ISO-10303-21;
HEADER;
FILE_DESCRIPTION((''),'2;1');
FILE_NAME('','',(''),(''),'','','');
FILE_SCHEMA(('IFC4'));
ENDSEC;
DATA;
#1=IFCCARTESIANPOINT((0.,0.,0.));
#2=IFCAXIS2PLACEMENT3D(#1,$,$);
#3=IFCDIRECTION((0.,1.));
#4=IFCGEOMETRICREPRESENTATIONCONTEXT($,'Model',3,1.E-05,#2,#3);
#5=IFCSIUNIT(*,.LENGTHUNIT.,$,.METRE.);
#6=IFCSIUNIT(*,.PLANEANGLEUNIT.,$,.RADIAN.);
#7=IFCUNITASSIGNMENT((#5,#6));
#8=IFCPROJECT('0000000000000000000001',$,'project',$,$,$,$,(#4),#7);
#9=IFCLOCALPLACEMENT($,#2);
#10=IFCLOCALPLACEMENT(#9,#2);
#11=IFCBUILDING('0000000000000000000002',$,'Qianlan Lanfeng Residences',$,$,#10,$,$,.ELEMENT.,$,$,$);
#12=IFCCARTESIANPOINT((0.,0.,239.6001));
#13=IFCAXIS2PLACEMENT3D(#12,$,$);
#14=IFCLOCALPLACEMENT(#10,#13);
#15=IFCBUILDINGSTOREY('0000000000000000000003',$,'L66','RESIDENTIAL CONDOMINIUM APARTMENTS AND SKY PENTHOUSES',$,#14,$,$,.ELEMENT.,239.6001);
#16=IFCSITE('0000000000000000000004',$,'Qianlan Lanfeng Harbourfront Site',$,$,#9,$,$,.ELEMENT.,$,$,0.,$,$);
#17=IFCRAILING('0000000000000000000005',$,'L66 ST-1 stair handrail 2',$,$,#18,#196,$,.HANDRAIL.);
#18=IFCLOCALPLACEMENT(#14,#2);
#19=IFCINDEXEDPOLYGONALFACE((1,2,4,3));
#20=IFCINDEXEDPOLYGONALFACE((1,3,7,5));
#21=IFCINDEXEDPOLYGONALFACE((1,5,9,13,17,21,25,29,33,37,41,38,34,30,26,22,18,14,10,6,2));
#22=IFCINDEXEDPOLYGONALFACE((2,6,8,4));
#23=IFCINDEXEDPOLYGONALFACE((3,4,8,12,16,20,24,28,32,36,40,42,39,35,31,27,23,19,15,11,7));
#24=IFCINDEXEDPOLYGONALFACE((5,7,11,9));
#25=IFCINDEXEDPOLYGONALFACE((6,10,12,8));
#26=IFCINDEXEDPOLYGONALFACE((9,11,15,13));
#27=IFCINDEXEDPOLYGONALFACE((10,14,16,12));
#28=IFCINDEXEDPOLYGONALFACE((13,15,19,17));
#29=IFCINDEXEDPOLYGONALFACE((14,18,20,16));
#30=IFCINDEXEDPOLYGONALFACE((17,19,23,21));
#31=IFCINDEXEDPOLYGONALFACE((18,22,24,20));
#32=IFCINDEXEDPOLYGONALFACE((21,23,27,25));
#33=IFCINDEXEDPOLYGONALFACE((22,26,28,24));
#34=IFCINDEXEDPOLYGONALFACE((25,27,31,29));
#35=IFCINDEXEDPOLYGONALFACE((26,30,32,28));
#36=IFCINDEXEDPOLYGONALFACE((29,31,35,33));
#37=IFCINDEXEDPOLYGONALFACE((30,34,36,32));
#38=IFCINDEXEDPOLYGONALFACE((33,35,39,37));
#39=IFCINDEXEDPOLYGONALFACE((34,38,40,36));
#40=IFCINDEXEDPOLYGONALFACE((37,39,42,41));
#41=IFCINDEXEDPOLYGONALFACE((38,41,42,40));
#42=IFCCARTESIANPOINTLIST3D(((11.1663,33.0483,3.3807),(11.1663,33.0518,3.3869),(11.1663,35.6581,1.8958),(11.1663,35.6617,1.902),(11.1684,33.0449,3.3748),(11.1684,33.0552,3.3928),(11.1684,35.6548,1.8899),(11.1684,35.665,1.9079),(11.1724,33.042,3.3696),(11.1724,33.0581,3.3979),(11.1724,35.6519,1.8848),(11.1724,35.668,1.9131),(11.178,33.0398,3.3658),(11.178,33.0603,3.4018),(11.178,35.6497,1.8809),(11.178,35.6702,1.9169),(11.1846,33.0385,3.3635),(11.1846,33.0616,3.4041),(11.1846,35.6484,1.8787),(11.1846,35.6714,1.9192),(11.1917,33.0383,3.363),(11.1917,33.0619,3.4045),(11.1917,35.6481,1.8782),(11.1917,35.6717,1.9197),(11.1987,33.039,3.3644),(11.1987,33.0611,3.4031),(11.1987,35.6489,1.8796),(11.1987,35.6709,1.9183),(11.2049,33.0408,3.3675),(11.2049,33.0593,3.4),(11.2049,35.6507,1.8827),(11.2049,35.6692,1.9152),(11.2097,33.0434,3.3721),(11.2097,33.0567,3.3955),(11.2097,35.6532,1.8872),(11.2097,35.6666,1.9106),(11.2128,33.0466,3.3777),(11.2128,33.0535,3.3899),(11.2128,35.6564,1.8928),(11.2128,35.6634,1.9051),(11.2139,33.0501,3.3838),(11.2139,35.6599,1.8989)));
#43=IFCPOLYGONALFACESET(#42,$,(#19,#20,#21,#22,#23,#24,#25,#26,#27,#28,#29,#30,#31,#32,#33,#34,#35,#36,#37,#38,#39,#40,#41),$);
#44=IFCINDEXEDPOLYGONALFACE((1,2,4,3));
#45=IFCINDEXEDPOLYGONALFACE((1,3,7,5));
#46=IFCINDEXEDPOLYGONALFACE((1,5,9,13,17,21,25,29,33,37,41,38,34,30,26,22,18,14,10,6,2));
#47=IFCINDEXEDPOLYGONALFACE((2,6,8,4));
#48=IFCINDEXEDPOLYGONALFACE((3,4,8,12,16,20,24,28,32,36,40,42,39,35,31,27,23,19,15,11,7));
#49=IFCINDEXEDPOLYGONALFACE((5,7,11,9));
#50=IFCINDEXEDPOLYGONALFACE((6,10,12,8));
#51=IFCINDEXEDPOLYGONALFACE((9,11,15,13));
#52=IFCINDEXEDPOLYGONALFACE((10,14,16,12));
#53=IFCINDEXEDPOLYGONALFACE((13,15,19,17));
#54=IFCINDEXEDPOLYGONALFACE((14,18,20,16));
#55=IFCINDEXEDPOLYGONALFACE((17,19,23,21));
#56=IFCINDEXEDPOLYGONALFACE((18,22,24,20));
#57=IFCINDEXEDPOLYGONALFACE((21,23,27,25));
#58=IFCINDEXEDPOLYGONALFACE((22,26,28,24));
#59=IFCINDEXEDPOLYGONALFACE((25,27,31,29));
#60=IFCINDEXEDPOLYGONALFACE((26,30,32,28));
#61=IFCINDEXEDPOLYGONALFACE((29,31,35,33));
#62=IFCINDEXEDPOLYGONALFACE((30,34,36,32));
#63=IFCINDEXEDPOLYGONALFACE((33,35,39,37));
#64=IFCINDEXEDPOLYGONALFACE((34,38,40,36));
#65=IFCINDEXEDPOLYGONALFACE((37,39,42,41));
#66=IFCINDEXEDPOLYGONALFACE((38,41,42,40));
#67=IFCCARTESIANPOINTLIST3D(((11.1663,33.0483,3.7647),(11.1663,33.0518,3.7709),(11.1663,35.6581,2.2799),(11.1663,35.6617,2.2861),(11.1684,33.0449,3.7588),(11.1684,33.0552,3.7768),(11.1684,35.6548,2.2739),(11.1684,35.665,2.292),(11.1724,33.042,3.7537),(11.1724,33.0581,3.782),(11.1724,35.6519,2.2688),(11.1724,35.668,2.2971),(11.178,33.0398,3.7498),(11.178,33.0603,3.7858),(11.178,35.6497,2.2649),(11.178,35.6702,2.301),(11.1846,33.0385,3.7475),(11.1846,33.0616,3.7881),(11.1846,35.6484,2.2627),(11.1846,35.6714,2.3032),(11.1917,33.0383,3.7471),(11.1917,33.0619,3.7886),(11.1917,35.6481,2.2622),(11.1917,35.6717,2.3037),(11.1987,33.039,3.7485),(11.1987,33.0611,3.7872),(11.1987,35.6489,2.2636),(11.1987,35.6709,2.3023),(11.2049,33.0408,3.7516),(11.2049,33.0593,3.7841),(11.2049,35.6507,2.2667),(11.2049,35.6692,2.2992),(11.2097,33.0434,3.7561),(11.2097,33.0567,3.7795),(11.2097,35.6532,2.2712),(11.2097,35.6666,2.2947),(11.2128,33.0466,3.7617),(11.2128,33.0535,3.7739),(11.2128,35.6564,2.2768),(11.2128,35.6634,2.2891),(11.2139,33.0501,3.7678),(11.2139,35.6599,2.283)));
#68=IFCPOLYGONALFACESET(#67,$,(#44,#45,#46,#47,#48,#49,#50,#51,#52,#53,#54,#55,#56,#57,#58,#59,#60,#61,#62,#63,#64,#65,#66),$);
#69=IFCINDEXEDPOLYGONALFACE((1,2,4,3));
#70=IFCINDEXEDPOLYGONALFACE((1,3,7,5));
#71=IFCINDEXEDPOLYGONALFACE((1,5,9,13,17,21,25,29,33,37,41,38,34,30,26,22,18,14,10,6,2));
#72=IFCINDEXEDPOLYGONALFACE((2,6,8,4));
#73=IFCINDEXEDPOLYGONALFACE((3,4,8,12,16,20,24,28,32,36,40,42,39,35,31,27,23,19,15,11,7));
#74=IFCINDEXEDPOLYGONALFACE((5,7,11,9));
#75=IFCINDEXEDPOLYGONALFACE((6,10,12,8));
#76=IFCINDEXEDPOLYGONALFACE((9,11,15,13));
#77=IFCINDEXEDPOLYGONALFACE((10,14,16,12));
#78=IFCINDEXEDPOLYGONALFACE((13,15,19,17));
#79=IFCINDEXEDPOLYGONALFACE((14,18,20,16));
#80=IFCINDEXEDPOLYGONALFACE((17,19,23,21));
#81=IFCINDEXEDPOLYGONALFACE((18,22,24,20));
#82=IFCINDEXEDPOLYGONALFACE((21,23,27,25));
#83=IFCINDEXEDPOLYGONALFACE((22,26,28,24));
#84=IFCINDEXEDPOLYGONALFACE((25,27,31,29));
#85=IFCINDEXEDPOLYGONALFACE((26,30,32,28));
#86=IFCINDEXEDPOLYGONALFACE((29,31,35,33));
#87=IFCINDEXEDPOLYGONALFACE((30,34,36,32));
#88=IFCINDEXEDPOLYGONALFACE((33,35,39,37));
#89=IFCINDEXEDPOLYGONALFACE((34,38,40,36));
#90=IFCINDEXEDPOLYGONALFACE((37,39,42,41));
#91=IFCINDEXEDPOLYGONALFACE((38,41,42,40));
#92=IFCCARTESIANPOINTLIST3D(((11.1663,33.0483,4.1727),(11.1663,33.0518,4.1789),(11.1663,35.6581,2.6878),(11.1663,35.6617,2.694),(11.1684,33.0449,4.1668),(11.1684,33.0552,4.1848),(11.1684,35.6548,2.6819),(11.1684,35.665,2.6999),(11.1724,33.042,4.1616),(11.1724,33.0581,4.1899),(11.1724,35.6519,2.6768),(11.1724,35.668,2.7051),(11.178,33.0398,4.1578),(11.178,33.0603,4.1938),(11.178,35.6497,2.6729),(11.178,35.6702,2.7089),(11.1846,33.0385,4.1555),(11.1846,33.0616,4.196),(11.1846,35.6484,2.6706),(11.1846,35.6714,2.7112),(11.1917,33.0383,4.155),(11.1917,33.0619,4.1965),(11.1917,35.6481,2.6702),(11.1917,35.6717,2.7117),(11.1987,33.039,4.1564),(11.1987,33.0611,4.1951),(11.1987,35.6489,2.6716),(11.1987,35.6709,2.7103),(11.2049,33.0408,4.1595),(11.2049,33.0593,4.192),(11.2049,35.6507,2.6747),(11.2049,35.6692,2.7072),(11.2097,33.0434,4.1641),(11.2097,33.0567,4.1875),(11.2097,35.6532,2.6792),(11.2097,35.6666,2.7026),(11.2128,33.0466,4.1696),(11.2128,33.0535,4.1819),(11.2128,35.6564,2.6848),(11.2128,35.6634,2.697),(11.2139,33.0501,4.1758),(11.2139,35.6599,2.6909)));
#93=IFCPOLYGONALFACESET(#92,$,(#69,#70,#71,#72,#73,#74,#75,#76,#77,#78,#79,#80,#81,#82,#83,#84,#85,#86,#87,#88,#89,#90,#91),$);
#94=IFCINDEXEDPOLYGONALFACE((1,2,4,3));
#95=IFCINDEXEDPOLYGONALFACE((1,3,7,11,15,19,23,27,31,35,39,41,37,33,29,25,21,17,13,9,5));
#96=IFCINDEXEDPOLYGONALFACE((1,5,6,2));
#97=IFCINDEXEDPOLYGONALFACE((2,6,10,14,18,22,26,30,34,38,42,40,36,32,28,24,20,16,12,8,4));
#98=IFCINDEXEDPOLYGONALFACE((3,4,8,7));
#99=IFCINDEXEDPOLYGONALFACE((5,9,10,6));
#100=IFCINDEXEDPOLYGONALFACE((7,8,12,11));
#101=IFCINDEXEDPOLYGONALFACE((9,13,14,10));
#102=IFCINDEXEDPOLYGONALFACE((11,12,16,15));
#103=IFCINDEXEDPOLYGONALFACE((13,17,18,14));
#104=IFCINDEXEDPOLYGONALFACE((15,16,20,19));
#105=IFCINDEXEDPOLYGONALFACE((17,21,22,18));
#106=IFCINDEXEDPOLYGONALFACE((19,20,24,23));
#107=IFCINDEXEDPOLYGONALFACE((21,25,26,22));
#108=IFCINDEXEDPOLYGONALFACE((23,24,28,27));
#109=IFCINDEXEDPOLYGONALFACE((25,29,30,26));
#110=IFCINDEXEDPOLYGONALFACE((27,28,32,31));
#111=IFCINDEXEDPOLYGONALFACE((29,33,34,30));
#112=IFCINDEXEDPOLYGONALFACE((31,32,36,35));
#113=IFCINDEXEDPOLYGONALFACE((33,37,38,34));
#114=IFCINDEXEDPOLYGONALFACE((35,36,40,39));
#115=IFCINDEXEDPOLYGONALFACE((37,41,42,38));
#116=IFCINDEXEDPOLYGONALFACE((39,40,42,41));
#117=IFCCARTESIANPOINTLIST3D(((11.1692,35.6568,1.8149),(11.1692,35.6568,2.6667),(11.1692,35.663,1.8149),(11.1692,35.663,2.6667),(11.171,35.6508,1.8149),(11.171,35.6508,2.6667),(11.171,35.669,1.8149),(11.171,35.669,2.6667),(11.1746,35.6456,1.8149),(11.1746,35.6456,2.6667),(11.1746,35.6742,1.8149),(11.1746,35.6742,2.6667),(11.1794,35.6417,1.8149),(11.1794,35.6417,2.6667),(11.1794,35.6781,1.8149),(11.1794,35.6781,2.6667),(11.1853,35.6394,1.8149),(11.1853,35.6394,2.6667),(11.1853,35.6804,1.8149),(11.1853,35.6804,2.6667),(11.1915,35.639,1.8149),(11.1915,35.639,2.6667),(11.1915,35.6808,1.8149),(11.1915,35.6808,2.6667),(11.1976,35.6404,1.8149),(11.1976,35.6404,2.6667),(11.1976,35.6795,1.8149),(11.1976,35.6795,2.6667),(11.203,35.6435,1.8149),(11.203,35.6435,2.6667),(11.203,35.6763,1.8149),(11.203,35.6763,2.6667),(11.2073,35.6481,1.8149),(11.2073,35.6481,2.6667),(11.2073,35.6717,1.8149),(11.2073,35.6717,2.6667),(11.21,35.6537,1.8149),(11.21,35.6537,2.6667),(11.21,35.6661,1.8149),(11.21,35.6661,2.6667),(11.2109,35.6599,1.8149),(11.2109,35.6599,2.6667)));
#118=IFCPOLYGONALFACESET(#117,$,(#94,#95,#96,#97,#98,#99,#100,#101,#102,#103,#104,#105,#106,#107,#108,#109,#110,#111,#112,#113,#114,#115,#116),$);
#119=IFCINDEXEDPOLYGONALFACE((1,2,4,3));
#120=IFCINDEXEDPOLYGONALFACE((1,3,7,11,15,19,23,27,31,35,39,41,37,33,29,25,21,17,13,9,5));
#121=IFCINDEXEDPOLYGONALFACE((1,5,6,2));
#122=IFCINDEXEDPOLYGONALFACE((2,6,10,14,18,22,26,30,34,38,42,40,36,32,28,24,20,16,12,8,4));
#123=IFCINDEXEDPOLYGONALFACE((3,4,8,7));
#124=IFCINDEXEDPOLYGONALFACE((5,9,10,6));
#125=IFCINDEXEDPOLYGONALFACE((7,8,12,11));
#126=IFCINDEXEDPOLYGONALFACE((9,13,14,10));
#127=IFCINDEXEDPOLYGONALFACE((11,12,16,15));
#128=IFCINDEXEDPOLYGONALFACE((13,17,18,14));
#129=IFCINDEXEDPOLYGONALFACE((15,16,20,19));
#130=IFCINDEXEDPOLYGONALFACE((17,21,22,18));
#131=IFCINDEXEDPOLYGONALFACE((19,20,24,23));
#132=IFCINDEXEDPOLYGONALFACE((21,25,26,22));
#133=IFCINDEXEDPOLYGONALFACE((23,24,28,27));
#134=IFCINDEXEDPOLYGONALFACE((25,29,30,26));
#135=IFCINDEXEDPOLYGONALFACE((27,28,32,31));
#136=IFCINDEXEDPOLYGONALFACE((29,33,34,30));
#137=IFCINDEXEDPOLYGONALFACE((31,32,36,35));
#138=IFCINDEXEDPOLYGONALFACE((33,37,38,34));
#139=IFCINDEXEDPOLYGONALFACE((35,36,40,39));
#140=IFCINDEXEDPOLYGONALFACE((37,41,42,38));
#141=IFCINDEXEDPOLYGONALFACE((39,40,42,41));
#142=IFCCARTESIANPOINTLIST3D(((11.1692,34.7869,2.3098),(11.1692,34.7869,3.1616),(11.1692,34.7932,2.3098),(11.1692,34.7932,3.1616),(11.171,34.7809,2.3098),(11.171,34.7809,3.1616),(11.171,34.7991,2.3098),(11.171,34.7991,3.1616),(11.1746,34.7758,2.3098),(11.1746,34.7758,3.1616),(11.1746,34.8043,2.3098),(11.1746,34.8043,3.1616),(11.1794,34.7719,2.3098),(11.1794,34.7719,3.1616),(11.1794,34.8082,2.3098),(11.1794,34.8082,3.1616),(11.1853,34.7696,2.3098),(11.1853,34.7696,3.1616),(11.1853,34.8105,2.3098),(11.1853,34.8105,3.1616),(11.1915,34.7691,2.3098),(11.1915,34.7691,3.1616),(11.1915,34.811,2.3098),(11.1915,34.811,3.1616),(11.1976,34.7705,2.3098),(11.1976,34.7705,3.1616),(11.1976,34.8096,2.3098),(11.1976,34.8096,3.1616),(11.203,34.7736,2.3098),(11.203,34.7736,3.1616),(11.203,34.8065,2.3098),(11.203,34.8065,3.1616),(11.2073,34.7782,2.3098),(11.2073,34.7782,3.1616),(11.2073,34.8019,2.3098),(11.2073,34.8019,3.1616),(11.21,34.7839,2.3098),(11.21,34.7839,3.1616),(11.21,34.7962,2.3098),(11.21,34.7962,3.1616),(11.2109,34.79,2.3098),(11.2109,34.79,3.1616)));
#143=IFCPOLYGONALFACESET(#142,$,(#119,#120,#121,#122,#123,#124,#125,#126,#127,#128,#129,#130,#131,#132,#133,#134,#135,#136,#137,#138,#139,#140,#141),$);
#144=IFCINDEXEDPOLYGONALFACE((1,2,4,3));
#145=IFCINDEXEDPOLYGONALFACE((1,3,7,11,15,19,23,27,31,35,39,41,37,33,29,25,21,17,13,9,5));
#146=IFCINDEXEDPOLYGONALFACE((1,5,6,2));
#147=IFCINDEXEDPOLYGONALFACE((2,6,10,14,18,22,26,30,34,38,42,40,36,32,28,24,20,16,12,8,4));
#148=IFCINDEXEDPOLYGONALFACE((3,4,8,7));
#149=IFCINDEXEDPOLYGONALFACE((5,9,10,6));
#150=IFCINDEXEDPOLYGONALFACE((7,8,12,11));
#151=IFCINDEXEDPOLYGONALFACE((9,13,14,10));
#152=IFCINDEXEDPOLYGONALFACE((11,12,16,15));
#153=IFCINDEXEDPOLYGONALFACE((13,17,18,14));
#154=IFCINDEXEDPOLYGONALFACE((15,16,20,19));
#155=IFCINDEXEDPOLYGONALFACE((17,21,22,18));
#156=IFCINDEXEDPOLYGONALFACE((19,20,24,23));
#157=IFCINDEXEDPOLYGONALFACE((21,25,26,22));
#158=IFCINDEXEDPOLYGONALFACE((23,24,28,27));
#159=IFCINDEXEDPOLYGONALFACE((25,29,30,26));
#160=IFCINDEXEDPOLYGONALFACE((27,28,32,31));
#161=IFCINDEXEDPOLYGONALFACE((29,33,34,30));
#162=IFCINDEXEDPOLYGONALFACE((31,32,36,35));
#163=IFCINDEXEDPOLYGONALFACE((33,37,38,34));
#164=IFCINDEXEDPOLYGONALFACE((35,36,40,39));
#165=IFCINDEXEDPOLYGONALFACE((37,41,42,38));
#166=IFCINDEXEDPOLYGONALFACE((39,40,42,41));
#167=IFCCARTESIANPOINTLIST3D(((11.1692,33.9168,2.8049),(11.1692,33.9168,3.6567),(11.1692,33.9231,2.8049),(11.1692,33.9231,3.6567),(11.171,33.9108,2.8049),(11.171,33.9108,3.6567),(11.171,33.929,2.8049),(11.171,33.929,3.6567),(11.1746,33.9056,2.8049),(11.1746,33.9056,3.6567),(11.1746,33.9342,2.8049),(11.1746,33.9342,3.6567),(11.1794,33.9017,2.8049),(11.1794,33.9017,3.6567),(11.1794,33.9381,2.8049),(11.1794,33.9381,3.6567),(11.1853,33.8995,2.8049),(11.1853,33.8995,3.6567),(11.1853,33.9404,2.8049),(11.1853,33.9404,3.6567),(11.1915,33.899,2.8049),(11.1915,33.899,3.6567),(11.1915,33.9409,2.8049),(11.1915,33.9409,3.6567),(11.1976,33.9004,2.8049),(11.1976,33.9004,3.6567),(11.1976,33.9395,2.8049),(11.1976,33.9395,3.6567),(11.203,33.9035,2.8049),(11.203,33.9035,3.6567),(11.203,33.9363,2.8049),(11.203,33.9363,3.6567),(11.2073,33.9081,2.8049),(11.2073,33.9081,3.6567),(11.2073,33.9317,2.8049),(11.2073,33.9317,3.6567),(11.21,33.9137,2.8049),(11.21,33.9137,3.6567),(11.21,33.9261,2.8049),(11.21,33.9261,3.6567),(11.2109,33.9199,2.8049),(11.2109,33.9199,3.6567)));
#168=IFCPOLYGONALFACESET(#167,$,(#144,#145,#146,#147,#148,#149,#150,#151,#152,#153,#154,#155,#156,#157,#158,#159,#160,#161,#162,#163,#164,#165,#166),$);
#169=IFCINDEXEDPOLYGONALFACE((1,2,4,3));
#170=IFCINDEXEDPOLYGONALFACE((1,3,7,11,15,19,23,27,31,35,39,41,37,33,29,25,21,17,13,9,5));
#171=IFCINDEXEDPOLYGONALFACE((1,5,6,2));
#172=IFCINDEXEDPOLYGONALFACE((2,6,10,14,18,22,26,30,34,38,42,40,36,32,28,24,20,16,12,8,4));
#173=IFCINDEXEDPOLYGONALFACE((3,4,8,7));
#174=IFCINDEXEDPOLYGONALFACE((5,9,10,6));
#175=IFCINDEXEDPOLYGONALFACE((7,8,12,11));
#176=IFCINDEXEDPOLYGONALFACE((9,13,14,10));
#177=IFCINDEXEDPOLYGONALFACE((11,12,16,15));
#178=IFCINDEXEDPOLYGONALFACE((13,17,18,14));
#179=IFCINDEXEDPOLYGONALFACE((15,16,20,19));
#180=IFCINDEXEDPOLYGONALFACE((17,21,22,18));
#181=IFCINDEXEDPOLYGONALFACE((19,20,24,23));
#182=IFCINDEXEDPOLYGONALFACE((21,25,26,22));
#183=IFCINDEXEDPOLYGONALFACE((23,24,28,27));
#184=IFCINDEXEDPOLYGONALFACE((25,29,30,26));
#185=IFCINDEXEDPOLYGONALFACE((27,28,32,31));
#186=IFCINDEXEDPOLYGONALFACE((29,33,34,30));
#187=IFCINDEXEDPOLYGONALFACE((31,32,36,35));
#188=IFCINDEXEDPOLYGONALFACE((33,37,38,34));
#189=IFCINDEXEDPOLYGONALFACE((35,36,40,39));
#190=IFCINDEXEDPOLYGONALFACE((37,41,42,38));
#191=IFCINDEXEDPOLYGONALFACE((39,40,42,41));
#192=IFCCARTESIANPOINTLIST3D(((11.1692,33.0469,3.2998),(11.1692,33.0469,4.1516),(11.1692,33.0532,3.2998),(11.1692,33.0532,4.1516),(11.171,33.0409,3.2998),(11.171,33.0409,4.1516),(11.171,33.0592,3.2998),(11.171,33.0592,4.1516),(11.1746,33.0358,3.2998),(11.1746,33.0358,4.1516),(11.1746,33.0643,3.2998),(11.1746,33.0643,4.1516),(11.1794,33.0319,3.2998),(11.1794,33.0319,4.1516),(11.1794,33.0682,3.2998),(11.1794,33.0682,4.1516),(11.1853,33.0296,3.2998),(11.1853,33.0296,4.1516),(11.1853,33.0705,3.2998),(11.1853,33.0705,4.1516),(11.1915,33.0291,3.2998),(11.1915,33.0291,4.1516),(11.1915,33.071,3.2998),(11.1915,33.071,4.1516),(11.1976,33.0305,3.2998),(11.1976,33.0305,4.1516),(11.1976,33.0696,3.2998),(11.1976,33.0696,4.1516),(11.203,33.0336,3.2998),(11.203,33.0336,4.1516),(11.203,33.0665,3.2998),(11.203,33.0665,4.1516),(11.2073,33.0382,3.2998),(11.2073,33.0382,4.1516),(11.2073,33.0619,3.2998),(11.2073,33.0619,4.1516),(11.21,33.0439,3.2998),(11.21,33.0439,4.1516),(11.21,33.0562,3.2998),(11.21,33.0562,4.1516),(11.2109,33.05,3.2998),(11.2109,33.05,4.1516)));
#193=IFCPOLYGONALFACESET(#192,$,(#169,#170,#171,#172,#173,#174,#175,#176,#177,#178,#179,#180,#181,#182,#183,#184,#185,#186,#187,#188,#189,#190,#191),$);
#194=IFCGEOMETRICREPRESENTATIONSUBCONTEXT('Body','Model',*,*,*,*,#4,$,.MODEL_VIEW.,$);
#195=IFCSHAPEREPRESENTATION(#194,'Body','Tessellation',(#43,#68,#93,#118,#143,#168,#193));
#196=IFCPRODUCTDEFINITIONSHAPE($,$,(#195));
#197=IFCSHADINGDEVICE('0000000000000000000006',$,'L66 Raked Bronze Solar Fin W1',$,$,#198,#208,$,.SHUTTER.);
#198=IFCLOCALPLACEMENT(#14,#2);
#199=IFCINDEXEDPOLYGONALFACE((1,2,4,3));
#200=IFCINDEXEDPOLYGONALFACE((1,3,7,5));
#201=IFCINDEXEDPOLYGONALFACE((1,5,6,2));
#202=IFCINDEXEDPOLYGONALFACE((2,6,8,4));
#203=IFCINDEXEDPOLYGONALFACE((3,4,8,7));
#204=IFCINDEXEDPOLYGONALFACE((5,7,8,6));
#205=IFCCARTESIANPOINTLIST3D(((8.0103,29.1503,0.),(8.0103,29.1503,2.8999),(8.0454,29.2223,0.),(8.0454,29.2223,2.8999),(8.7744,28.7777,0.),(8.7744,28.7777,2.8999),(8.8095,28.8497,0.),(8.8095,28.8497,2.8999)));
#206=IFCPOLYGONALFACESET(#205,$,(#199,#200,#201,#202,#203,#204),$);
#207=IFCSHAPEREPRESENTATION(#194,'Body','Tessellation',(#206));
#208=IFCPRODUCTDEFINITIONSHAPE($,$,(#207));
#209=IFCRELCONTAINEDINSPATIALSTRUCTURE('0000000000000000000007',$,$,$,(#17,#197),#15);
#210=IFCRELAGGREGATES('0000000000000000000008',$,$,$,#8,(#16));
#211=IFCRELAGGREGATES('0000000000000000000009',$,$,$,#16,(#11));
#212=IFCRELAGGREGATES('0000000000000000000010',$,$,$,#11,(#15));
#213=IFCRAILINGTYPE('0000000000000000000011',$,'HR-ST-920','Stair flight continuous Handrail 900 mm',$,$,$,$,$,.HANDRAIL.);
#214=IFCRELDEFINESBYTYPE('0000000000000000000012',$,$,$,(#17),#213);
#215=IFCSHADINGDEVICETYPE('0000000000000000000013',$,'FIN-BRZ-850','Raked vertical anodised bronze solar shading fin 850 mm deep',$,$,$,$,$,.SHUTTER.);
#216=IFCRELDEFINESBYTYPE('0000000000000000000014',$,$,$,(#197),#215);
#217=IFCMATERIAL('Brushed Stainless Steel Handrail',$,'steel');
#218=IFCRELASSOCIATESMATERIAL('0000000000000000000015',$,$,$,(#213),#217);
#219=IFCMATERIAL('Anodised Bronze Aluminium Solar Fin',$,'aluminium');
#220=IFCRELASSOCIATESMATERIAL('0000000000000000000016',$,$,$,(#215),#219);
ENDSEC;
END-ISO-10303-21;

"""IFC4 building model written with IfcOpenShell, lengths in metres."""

from ifc_helpers import new_model, si_unit, direction, frame, origin, origin_2d, place, context, subcontext, project, spatial, rectangle, circle, extrude, source, transform, mapped, material, type_object, element, save


model = new_model("IFC4")

# Units and contexts
model_context = context("Model", 3, precision=1e-05, world=origin(), true_north=direction((0.0, 1.0)))
body_context = subcontext(model_context, "Body", "Model", "MODEL_VIEW")
ifc_project = project(units=[si_unit("LENGTHUNIT", "METRE"), si_unit("PLANEANGLEUNIT", "RADIAN")], contexts=[model_context])

# Site, building, storey
site_placement = place(None, origin())
site = spatial("IfcSite", under=ifc_project, at=site_placement, Name="Qianlan Lanfeng Harbourfront Site", CompositionType="ELEMENT", RefElevation=0.0)
building_placement = place(site_placement, origin())
building = spatial("IfcBuilding", under=site, at=building_placement, Name="Qianlan Lanfeng Residences", CompositionType="ELEMENT")
storey_placement = place(building_placement, frame((0.0, 0.0, 239.6001)))
storey = spatial("IfcBuildingStorey", under=building, at=storey_placement, Name="L66", Description="RESIDENTIAL CONDOMINIUM APARTMENTS AND SKY PENTHOUSES", CompositionType="ELEMENT", Elevation=239.6001)

# Railing
ifc_material_1 = material(Name="Brushed Stainless Steel Handrail", Category="steel")
railing_type_1 = type_object("IfcRailingType", Name="HR-ST-920", Description="Stair flight continuous Handrail 900 mm", PredefinedType="HANDRAIL", material=ifc_material_1)
railing_1_placement = place(storey_placement, frame((11.1899, 35.6599, 1.8149)))
element("IfcRailing", 1, at=railing_1_placement, inside=storey, type_object=railing_type_1, Name="L66 ST-1 stair handrail 2", PredefinedType="HANDRAIL", context=body_context, shape_type="SweptSolid", body=[
    extrude(circle(Radius=0.0239, at=origin_2d()), frame((0.0, 0.0, 0.084), z_axis=(0.0, -0.869172, 0.494509), x_axis=(1.0, 0.0, 0.0)), (0.0, 0.0, 1.0), 3.0027),
    extrude(circle(Radius=0.0239, at=origin_2d()), frame((0.0, 0.0, 0.468), z_axis=(0.0, -0.869172, 0.494509), x_axis=(1.0, 0.0, 0.0)), (0.0, 0.0, 1.0), 3.0027),
    extrude(circle(Radius=0.0239, at=origin_2d()), frame((0.0, 0.0, 0.876), z_axis=(0.0, -0.869172, 0.494509), x_axis=(1.0, 0.0, 0.0)), (0.0, 0.0, 1.0), 3.0027),
    extrude(circle(Radius=0.021, at=origin_2d()), origin(), (0.0, 0.0, 1.0), 0.8518),
    extrude(circle(Radius=0.021, at=origin_2d()), frame((0.0, -0.8699, 0.4949)), (0.0, 0.0, 1.0), 0.8518),
    extrude(circle(Radius=0.021, at=origin_2d()), frame((0.0, -1.74, 0.99)), (0.0, 0.0, 1.0), 0.8518),
    extrude(circle(Radius=0.021, at=origin_2d()), frame((0.0, -2.6099, 1.4849)), (0.0, 0.0, 1.0), 0.8518),
])

# Shading device
ifc_material_2 = material(Name="Anodised Bronze Aluminium Solar Fin", Category="aluminium")
shading_device_type = type_object("IfcShadingDeviceType", Name="FIN-BRZ-850", Description="Raked vertical anodised bronze solar shading fin 850 mm deep", PredefinedType="SHUTTER", material=ifc_material_2)
shared_shape_1 = source(origin(), body_context, "Body", "SweptSolid", [
    extrude(rectangle(XDim=0.8501, YDim=0.0801, at=origin_2d()), origin(), (0.0, 0.0, 1.0), 2.8999),
])
for number, where, z_axis, x_axis, name in (
    (2, (8.4099, 29.0, 0.0), (0.0, 0.0, 1.0), (0.898794, -0.438371, 0.0), "L66 Raked Bronze Solar Fin W1"),
):
    element("IfcShadingDevice", number, at=place(storey_placement, frame(where, z_axis=z_axis, x_axis=x_axis)), inside=storey, type_object=shading_device_type, Name=name, PredefinedType="SHUTTER", context=body_context, shape_type="MappedRepresentation", body=[
        mapped(shared_shape_1, transform((0.0, 0.0, 0.0), scale=1.0)),
    ])

save(model, "model.ifc")
